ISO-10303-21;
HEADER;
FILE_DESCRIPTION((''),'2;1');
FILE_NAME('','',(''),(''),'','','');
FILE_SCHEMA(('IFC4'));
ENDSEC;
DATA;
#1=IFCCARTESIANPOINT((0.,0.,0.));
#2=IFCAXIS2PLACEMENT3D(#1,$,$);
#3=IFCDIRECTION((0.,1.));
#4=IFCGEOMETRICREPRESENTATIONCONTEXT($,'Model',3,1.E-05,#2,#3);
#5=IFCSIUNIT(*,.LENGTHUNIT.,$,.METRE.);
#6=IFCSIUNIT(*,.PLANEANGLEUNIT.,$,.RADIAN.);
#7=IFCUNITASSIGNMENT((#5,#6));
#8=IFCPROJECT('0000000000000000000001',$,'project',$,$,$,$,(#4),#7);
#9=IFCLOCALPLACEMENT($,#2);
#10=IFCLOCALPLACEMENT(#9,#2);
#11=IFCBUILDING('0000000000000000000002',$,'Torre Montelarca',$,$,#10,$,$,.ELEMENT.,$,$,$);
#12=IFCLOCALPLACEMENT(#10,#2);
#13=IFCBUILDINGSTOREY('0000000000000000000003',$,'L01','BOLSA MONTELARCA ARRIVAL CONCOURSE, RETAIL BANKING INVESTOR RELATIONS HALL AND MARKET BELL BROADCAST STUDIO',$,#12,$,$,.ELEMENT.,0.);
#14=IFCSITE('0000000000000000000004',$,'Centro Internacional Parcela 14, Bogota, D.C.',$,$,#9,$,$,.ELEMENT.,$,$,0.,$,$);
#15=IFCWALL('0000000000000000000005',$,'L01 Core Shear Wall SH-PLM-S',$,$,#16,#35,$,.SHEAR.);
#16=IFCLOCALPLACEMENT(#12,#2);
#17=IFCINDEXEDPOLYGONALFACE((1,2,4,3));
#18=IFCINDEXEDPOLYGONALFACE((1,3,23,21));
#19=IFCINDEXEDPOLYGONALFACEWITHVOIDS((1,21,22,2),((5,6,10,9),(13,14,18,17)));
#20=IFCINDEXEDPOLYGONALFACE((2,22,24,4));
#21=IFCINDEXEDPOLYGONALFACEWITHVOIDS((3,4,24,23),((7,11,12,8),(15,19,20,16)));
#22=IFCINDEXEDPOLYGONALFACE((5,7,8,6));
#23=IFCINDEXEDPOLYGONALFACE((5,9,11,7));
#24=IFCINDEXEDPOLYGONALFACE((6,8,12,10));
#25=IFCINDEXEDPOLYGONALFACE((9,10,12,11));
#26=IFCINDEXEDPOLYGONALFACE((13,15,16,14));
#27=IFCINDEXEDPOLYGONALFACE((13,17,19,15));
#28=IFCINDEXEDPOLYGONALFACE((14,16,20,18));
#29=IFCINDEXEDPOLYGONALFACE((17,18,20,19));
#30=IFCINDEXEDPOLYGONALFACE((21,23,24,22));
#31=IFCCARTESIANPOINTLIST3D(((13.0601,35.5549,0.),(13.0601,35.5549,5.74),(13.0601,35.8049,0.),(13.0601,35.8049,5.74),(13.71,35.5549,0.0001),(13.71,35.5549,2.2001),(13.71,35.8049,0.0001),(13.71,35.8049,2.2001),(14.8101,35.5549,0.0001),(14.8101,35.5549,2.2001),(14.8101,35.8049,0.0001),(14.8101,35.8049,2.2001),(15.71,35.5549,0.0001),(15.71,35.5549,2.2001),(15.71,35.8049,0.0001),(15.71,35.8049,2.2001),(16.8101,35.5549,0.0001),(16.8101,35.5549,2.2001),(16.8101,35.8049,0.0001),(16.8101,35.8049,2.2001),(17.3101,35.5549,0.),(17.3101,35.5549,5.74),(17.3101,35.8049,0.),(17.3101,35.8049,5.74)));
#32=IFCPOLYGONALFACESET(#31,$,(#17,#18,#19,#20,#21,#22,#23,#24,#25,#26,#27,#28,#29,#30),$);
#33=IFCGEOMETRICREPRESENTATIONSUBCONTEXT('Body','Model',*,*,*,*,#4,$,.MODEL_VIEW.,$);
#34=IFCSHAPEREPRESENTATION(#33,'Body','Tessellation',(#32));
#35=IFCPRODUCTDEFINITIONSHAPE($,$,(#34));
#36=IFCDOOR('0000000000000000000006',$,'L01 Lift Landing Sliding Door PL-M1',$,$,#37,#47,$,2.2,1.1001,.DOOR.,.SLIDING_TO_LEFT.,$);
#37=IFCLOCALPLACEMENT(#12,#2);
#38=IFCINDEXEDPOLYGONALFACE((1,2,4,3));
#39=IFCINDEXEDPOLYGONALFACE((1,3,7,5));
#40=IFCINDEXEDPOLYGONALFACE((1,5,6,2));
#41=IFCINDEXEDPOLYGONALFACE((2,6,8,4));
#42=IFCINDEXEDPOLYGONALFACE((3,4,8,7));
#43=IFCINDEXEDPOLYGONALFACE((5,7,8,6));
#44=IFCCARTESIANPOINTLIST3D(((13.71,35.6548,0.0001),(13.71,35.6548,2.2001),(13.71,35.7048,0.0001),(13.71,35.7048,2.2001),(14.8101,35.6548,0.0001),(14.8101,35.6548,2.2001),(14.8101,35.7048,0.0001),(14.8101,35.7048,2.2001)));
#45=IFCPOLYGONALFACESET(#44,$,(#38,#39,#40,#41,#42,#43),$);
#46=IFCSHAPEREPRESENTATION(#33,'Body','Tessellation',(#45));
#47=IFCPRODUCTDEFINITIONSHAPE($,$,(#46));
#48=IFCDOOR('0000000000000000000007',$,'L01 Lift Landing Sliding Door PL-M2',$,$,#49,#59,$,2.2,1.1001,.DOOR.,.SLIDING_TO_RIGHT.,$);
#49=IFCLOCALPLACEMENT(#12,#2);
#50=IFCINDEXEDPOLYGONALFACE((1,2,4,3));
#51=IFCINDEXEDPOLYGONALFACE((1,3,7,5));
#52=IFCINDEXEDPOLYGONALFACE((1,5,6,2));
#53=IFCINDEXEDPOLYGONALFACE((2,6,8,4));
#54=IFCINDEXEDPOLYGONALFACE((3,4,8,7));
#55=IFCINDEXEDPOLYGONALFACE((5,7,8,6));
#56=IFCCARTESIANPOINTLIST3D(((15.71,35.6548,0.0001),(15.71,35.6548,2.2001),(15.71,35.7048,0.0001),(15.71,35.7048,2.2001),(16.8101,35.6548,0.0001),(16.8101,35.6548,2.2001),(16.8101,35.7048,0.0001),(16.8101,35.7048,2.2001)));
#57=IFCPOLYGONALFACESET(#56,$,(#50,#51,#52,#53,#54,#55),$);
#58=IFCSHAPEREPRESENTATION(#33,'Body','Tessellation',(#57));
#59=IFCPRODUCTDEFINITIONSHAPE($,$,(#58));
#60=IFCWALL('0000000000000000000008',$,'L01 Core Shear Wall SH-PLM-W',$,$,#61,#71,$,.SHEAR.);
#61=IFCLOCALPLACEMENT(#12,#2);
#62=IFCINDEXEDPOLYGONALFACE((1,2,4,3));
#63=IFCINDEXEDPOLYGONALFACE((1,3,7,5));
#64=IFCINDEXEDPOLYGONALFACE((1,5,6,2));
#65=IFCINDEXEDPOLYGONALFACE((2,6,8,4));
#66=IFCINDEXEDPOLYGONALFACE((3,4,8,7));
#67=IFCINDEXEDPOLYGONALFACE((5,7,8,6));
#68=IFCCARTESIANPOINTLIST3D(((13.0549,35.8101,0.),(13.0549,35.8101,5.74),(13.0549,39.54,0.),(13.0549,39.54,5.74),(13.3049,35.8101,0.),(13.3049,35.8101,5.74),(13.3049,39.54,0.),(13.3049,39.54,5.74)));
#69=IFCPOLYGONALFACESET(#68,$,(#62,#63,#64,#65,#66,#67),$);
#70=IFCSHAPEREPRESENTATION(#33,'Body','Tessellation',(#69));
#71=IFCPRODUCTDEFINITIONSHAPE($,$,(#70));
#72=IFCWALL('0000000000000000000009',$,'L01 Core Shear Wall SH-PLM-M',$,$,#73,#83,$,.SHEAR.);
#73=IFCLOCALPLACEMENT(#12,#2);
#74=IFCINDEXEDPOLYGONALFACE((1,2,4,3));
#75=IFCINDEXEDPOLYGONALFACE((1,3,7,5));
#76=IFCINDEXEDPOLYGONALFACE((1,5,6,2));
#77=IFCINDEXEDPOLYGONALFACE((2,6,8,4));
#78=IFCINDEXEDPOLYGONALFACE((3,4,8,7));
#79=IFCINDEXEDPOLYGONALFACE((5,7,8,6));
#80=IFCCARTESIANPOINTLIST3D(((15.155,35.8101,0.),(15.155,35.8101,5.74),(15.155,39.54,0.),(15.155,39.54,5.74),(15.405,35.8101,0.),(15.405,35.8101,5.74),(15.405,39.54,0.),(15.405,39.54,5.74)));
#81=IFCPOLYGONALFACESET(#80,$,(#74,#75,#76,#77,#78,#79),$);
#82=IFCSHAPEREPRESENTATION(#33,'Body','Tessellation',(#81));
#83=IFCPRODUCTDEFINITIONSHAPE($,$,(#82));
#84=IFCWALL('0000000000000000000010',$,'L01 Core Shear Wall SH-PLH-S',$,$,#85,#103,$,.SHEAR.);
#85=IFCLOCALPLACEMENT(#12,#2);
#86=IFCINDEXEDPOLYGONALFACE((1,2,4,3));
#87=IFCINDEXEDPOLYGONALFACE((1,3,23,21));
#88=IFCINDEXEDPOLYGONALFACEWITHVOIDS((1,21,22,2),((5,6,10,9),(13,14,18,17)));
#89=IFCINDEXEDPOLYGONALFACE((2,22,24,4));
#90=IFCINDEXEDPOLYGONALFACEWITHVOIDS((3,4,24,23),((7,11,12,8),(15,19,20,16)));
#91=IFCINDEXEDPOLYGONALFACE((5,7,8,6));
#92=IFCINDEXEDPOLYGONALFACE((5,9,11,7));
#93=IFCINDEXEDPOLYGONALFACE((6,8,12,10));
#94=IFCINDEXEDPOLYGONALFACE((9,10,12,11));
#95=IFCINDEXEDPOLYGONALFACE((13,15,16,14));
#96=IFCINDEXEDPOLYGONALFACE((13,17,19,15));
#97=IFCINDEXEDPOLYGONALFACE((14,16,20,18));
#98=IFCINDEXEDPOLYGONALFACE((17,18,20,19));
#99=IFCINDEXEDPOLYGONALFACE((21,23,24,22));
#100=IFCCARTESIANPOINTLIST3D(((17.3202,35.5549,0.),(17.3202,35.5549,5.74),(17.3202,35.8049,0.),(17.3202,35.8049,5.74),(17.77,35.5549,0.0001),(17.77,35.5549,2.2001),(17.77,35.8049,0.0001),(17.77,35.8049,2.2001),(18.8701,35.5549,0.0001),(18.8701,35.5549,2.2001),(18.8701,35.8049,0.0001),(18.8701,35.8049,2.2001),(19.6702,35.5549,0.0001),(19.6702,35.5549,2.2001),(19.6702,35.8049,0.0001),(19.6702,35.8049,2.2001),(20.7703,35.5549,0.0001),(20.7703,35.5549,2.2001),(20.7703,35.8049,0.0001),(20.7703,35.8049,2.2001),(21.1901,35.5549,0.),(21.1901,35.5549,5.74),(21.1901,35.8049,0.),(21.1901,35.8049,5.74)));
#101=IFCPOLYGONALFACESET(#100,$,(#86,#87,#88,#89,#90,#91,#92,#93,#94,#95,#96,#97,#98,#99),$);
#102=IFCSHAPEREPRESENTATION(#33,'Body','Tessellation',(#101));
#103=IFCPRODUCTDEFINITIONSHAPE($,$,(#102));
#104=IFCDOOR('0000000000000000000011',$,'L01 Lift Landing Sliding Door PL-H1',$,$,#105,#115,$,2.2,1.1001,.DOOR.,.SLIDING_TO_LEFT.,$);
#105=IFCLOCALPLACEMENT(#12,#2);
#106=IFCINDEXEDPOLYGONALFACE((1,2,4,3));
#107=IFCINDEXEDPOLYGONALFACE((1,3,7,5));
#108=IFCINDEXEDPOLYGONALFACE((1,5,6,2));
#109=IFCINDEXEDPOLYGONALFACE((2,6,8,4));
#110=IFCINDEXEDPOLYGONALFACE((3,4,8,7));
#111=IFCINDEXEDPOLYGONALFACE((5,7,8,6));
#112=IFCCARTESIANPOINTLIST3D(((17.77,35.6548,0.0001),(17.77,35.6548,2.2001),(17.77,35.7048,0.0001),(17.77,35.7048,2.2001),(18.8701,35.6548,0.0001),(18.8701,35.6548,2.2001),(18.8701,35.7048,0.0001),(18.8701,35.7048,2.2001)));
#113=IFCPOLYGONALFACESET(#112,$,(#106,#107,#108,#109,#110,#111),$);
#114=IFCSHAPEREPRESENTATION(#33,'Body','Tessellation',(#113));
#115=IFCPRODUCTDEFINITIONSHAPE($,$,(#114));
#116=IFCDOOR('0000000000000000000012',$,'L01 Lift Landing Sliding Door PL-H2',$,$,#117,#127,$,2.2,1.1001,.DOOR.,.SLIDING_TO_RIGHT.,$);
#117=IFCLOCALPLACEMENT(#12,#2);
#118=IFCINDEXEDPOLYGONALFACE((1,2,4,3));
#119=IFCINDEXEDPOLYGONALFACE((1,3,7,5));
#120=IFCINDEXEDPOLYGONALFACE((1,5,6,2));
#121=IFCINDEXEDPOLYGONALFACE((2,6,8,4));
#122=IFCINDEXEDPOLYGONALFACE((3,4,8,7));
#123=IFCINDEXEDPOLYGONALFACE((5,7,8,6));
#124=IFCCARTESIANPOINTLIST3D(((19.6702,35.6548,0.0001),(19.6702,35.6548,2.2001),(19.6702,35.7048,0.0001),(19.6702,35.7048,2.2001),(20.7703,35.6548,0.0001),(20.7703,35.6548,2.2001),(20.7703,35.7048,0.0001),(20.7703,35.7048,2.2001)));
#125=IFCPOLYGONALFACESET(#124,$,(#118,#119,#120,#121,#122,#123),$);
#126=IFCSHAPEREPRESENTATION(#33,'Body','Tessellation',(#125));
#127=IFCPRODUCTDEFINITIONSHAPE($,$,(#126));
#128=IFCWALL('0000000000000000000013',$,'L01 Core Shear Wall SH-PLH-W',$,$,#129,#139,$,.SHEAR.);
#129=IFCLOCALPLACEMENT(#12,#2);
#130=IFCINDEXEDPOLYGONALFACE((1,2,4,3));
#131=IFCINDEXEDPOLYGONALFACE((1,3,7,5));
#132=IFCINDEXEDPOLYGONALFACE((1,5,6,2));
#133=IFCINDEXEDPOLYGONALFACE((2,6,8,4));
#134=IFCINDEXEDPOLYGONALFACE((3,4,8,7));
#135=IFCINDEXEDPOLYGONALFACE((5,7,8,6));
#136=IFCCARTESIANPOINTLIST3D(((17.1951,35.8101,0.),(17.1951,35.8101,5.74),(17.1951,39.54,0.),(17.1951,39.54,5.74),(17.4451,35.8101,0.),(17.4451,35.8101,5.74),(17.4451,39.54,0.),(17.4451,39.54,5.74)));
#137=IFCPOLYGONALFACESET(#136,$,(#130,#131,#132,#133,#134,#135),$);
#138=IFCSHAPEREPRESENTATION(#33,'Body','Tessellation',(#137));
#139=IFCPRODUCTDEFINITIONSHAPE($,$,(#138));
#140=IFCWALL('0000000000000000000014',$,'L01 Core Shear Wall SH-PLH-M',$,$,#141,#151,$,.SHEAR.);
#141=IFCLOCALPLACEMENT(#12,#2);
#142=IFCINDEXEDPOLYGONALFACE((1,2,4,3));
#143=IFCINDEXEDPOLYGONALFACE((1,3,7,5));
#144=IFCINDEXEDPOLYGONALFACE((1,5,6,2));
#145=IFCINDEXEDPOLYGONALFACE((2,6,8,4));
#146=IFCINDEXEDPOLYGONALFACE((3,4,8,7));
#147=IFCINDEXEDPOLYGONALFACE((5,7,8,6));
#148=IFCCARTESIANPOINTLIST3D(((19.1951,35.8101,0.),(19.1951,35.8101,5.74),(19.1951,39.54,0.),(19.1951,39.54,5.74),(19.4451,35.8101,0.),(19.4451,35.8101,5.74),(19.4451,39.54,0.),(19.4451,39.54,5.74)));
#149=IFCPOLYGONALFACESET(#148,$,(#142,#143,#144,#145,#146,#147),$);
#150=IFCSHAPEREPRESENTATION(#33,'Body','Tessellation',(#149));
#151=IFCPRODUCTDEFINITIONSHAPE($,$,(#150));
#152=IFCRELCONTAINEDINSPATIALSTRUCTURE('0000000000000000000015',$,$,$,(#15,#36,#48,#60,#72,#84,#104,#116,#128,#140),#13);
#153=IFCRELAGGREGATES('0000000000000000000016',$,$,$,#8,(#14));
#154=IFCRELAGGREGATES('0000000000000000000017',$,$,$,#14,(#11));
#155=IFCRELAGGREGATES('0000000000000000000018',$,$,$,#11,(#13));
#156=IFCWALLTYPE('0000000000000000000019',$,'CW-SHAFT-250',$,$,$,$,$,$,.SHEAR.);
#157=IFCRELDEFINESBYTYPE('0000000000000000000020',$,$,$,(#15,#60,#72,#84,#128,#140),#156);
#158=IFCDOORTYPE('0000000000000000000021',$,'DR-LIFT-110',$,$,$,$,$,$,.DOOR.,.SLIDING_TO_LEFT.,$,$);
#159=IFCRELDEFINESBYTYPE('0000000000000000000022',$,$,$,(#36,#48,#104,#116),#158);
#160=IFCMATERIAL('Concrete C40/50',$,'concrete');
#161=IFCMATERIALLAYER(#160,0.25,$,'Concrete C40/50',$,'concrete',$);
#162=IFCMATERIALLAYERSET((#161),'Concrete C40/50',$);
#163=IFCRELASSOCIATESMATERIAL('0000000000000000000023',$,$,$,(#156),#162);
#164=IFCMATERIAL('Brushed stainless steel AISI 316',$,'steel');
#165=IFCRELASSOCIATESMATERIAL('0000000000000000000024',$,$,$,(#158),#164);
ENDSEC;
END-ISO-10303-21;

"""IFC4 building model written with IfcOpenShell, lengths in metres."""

from ifc_helpers import new_model, si_unit, direction, frame, frame_2d, origin, place, context, subcontext, project, spatial, rectangle, extrude, source, transform, mapped, material, layer, layer_set, type_object, element, fill, save


model = new_model("IFC4")

# Units and contexts
model_context = context("Model", 3, precision=1e-05, world=origin(), true_north=direction((0.0, 1.0)))
body_context = subcontext(model_context, "Body", "Model", "MODEL_VIEW")
ifc_project = project(units=[si_unit("LENGTHUNIT", "METRE"), si_unit("PLANEANGLEUNIT", "RADIAN")], contexts=[model_context])

# Site, building, storey
site_placement = place(None, origin())
site = spatial("IfcSite", under=ifc_project, at=site_placement, Name="Centro Internacional Parcela 14, Bogota, D.C.", CompositionType="ELEMENT", RefElevation=0.0)
building_placement = place(site_placement, origin())
building = spatial("IfcBuilding", under=site, at=building_placement, Name="Torre Montelarca", CompositionType="ELEMENT")
storey_placement = place(building_placement, origin())
storey = spatial("IfcBuildingStorey", under=building, at=storey_placement, Name="L01", Description="BOLSA MONTELARCA ARRIVAL CONCOURSE, RETAIL BANKING INVESTOR RELATIONS HALL AND MARKET BELL BROADCAST STUDIO", CompositionType="ELEMENT", Elevation=0.0)

# Wall, openings, doors
ifc_material_1 = material(Name="Concrete C40/50", Category="concrete")
ifc_layer_1 = layer(ifc_material_1, 0.25, Name="Concrete C40/50", Category="concrete")
ifc_layer_set_1 = layer_set([ifc_layer_1], Name="Concrete C40/50")
wall_type_1 = type_object("IfcWallType", Name="CW-SHAFT-250", PredefinedType="SHEAR", material=ifc_layer_set_1)
wall_1_placement = place(storey_placement, frame((13.0601, 35.6799, 0.0), z_axis=(0.0, 0.0, 1.0), x_axis=(1.0, 0.0, 0.0)))
wall_1 = element("IfcWall", 1, at=wall_1_placement, inside=storey, type_object=wall_type_1, Name="L01 Core Shear Wall SH-PLM-S", PredefinedType="SHEAR", context=body_context, shape_type="SweptSolid", body=[
    extrude(rectangle(XDim=4.25, YDim=0.25, at=frame_2d((2.125, 0.0))), origin(), (0.0, 0.0, 1.0), 5.74),
])
opening_1_placement = place(wall_1_placement, frame((0.6499, 0.0, 0.0)))
opening_1 = element("IfcOpeningElement", 2, at=opening_1_placement, cuts=wall_1, PredefinedType="OPENING", context=body_context, shape_type="SweptSolid", body=[
    extrude(rectangle(XDim=1.1001, YDim=2.2, at=frame_2d((0.55, 1.1001))), frame((0.0, 0.135, 0.0), z_axis=(0.0, -1.0, 0.0), x_axis=(1.0, 0.0, 0.0)), (0.0, 0.0, 1.0), 0.27),
])
opening_2_placement = place(wall_1_placement, frame((2.6499, 0.0, 0.0)))
opening_2 = element("IfcOpeningElement", 3, at=opening_2_placement, cuts=wall_1, PredefinedType="OPENING", context=body_context, shape_type="SweptSolid", body=[
    extrude(rectangle(XDim=1.1001, YDim=2.2, at=frame_2d((0.55, 1.1001))), frame((0.0, 0.135, 0.0), z_axis=(0.0, -1.0, 0.0), x_axis=(1.0, 0.0, 0.0)), (0.0, 0.0, 1.0), 0.27),
])
ifc_material_2 = material(Name="Brushed stainless steel AISI 316", Category="steel")
door_type_1 = type_object("IfcDoorType", Name="DR-LIFT-110", OperationType="SLIDING_TO_LEFT", PredefinedType="DOOR", material=ifc_material_2)
shared_shape_1 = source(origin(), body_context, "Body", "SweptSolid", [
    extrude(rectangle(XDim=1.1001, YDim=2.2, at=frame_2d((0.55, 1.1001))), frame((0.0, 0.0249, 0.0), z_axis=(0.0, -1.0, 0.0), x_axis=(1.0, 0.0, 0.0)), (0.0, 0.0, 1.0), 0.05),
])
door_1_placement = place(opening_1_placement, origin())
door_1 = element("IfcDoor", 4, at=door_1_placement, inside=storey, type_object=door_type_1, Name="L01 Lift Landing Sliding Door PL-M1", OperationType="SLIDING_TO_LEFT", OverallHeight=2.2, OverallWidth=1.1001, PredefinedType="DOOR", context=body_context, shape_type="MappedRepresentation", body=[
    mapped(shared_shape_1, transform((0.0, 0.0, 0.0), scale=1.0)),
])
fill(opening_1, door_1)
door_2_placement = place(opening_2_placement, origin())
door_2 = element("IfcDoor", 5, at=door_2_placement, inside=storey, type_object=door_type_1, Name="L01 Lift Landing Sliding Door PL-M2", OperationType="SLIDING_TO_RIGHT", OverallHeight=2.2, OverallWidth=1.1001, PredefinedType="DOOR", context=body_context, shape_type="MappedRepresentation", body=[
    mapped(shared_shape_1, transform((0.0, 0.0, 0.0), scale=1.0)),
])
fill(opening_2, door_2)

# Walls
for number, where, z_axis, x_axis, name in (
    (6, (13.1799, 35.8101, 0.0), (0.0, 0.0, 1.0), (0.0, 1.0, 0.0), "L01 Core Shear Wall SH-PLM-W"),
    (7, (15.28, 35.8101, 0.0), (0.0, 0.0, 1.0), (0.0, 1.0, 0.0), "L01 Core Shear Wall SH-PLM-M"),
):
    element("IfcWall", number, at=place(storey_placement, frame(where, z_axis=z_axis, x_axis=x_axis)), inside=storey, type_object=wall_type_1, Name=name, PredefinedType="SHEAR", context=body_context, shape_type="SweptSolid", body=[
        extrude(rectangle(XDim=3.73, YDim=0.25, at=frame_2d((1.865, 0.0))), origin(), (0.0, 0.0, 1.0), 5.74),
    ])

# Wall, openings, doors
wall_2_placement = place(storey_placement, frame((17.3201, 35.6799, 0.0), z_axis=(0.0, 0.0, 1.0), x_axis=(1.0, 0.0, 0.0)))
wall_2 = element("IfcWall", 8, at=wall_2_placement, inside=storey, type_object=wall_type_1, Name="L01 Core Shear Wall SH-PLH-S", PredefinedType="SHEAR", context=body_context, shape_type="SweptSolid", body=[
    extrude(rectangle(XDim=3.8699, YDim=0.25, at=frame_2d((1.9351, 0.0))), origin(), (0.0, 0.0, 1.0), 5.74),
])
opening_3_placement = place(wall_2_placement, frame((0.45, 0.0, 0.0)))
opening_3 = element("IfcOpeningElement", 9, at=opening_3_placement, cuts=wall_2, PredefinedType="OPENING", context=body_context, shape_type="SweptSolid", body=[
    extrude(rectangle(XDim=1.1001, YDim=2.2, at=frame_2d((0.55, 1.1001))), frame((0.0, 0.135, 0.0), z_axis=(0.0, -1.0, 0.0), x_axis=(1.0, 0.0, 0.0)), (0.0, 0.0, 1.0), 0.27),
])
opening_4_placement = place(wall_2_placement, frame((2.3501, 0.0, 0.0)))
opening_4 = element("IfcOpeningElement", 10, at=opening_4_placement, cuts=wall_2, PredefinedType="OPENING", context=body_context, shape_type="SweptSolid", body=[
    extrude(rectangle(XDim=1.1001, YDim=2.2, at=frame_2d((0.55, 1.1001))), frame((0.0, 0.135, 0.0), z_axis=(0.0, -1.0, 0.0), x_axis=(1.0, 0.0, 0.0)), (0.0, 0.0, 1.0), 0.27),
])
door_3_placement = place(opening_3_placement, origin())
door_3 = element("IfcDoor", 11, at=door_3_placement, inside=storey, type_object=door_type_1, Name="L01 Lift Landing Sliding Door PL-H1", OperationType="SLIDING_TO_LEFT", OverallHeight=2.2, OverallWidth=1.1001, PredefinedType="DOOR", context=body_context, shape_type="MappedRepresentation", body=[
    mapped(shared_shape_1, transform((0.0, 0.0, 0.0), scale=1.0)),
])
fill(opening_3, door_3)
door_4_placement = place(opening_4_placement, origin())
door_4 = element("IfcDoor", 12, at=door_4_placement, inside=storey, type_object=door_type_1, Name="L01 Lift Landing Sliding Door PL-H2", OperationType="SLIDING_TO_RIGHT", OverallHeight=2.2, OverallWidth=1.1001, PredefinedType="DOOR", context=body_context, shape_type="MappedRepresentation", body=[
    mapped(shared_shape_1, transform((0.0, 0.0, 0.0), scale=1.0)),
])
fill(opening_4, door_4)

# Walls
for number, where, z_axis, x_axis, name in (
    (13, (17.3201, 35.8101, 0.0), (0.0, 0.0, 1.0), (0.0, 1.0, 0.0), "L01 Core Shear Wall SH-PLH-W"),
    (14, (19.3201, 35.8101, 0.0), (0.0, 0.0, 1.0), (0.0, 1.0, 0.0), "L01 Core Shear Wall SH-PLH-M"),
):
    element("IfcWall", number, at=place(storey_placement, frame(where, z_axis=z_axis, x_axis=x_axis)), inside=storey, type_object=wall_type_1, Name=name, PredefinedType="SHEAR", context=body_context, shape_type="SweptSolid", body=[
        extrude(rectangle(XDim=3.73, YDim=0.25, at=frame_2d((1.865, 0.0))), origin(), (0.0, 0.0, 1.0), 5.74),
    ])

save(model, "model.ifc")
